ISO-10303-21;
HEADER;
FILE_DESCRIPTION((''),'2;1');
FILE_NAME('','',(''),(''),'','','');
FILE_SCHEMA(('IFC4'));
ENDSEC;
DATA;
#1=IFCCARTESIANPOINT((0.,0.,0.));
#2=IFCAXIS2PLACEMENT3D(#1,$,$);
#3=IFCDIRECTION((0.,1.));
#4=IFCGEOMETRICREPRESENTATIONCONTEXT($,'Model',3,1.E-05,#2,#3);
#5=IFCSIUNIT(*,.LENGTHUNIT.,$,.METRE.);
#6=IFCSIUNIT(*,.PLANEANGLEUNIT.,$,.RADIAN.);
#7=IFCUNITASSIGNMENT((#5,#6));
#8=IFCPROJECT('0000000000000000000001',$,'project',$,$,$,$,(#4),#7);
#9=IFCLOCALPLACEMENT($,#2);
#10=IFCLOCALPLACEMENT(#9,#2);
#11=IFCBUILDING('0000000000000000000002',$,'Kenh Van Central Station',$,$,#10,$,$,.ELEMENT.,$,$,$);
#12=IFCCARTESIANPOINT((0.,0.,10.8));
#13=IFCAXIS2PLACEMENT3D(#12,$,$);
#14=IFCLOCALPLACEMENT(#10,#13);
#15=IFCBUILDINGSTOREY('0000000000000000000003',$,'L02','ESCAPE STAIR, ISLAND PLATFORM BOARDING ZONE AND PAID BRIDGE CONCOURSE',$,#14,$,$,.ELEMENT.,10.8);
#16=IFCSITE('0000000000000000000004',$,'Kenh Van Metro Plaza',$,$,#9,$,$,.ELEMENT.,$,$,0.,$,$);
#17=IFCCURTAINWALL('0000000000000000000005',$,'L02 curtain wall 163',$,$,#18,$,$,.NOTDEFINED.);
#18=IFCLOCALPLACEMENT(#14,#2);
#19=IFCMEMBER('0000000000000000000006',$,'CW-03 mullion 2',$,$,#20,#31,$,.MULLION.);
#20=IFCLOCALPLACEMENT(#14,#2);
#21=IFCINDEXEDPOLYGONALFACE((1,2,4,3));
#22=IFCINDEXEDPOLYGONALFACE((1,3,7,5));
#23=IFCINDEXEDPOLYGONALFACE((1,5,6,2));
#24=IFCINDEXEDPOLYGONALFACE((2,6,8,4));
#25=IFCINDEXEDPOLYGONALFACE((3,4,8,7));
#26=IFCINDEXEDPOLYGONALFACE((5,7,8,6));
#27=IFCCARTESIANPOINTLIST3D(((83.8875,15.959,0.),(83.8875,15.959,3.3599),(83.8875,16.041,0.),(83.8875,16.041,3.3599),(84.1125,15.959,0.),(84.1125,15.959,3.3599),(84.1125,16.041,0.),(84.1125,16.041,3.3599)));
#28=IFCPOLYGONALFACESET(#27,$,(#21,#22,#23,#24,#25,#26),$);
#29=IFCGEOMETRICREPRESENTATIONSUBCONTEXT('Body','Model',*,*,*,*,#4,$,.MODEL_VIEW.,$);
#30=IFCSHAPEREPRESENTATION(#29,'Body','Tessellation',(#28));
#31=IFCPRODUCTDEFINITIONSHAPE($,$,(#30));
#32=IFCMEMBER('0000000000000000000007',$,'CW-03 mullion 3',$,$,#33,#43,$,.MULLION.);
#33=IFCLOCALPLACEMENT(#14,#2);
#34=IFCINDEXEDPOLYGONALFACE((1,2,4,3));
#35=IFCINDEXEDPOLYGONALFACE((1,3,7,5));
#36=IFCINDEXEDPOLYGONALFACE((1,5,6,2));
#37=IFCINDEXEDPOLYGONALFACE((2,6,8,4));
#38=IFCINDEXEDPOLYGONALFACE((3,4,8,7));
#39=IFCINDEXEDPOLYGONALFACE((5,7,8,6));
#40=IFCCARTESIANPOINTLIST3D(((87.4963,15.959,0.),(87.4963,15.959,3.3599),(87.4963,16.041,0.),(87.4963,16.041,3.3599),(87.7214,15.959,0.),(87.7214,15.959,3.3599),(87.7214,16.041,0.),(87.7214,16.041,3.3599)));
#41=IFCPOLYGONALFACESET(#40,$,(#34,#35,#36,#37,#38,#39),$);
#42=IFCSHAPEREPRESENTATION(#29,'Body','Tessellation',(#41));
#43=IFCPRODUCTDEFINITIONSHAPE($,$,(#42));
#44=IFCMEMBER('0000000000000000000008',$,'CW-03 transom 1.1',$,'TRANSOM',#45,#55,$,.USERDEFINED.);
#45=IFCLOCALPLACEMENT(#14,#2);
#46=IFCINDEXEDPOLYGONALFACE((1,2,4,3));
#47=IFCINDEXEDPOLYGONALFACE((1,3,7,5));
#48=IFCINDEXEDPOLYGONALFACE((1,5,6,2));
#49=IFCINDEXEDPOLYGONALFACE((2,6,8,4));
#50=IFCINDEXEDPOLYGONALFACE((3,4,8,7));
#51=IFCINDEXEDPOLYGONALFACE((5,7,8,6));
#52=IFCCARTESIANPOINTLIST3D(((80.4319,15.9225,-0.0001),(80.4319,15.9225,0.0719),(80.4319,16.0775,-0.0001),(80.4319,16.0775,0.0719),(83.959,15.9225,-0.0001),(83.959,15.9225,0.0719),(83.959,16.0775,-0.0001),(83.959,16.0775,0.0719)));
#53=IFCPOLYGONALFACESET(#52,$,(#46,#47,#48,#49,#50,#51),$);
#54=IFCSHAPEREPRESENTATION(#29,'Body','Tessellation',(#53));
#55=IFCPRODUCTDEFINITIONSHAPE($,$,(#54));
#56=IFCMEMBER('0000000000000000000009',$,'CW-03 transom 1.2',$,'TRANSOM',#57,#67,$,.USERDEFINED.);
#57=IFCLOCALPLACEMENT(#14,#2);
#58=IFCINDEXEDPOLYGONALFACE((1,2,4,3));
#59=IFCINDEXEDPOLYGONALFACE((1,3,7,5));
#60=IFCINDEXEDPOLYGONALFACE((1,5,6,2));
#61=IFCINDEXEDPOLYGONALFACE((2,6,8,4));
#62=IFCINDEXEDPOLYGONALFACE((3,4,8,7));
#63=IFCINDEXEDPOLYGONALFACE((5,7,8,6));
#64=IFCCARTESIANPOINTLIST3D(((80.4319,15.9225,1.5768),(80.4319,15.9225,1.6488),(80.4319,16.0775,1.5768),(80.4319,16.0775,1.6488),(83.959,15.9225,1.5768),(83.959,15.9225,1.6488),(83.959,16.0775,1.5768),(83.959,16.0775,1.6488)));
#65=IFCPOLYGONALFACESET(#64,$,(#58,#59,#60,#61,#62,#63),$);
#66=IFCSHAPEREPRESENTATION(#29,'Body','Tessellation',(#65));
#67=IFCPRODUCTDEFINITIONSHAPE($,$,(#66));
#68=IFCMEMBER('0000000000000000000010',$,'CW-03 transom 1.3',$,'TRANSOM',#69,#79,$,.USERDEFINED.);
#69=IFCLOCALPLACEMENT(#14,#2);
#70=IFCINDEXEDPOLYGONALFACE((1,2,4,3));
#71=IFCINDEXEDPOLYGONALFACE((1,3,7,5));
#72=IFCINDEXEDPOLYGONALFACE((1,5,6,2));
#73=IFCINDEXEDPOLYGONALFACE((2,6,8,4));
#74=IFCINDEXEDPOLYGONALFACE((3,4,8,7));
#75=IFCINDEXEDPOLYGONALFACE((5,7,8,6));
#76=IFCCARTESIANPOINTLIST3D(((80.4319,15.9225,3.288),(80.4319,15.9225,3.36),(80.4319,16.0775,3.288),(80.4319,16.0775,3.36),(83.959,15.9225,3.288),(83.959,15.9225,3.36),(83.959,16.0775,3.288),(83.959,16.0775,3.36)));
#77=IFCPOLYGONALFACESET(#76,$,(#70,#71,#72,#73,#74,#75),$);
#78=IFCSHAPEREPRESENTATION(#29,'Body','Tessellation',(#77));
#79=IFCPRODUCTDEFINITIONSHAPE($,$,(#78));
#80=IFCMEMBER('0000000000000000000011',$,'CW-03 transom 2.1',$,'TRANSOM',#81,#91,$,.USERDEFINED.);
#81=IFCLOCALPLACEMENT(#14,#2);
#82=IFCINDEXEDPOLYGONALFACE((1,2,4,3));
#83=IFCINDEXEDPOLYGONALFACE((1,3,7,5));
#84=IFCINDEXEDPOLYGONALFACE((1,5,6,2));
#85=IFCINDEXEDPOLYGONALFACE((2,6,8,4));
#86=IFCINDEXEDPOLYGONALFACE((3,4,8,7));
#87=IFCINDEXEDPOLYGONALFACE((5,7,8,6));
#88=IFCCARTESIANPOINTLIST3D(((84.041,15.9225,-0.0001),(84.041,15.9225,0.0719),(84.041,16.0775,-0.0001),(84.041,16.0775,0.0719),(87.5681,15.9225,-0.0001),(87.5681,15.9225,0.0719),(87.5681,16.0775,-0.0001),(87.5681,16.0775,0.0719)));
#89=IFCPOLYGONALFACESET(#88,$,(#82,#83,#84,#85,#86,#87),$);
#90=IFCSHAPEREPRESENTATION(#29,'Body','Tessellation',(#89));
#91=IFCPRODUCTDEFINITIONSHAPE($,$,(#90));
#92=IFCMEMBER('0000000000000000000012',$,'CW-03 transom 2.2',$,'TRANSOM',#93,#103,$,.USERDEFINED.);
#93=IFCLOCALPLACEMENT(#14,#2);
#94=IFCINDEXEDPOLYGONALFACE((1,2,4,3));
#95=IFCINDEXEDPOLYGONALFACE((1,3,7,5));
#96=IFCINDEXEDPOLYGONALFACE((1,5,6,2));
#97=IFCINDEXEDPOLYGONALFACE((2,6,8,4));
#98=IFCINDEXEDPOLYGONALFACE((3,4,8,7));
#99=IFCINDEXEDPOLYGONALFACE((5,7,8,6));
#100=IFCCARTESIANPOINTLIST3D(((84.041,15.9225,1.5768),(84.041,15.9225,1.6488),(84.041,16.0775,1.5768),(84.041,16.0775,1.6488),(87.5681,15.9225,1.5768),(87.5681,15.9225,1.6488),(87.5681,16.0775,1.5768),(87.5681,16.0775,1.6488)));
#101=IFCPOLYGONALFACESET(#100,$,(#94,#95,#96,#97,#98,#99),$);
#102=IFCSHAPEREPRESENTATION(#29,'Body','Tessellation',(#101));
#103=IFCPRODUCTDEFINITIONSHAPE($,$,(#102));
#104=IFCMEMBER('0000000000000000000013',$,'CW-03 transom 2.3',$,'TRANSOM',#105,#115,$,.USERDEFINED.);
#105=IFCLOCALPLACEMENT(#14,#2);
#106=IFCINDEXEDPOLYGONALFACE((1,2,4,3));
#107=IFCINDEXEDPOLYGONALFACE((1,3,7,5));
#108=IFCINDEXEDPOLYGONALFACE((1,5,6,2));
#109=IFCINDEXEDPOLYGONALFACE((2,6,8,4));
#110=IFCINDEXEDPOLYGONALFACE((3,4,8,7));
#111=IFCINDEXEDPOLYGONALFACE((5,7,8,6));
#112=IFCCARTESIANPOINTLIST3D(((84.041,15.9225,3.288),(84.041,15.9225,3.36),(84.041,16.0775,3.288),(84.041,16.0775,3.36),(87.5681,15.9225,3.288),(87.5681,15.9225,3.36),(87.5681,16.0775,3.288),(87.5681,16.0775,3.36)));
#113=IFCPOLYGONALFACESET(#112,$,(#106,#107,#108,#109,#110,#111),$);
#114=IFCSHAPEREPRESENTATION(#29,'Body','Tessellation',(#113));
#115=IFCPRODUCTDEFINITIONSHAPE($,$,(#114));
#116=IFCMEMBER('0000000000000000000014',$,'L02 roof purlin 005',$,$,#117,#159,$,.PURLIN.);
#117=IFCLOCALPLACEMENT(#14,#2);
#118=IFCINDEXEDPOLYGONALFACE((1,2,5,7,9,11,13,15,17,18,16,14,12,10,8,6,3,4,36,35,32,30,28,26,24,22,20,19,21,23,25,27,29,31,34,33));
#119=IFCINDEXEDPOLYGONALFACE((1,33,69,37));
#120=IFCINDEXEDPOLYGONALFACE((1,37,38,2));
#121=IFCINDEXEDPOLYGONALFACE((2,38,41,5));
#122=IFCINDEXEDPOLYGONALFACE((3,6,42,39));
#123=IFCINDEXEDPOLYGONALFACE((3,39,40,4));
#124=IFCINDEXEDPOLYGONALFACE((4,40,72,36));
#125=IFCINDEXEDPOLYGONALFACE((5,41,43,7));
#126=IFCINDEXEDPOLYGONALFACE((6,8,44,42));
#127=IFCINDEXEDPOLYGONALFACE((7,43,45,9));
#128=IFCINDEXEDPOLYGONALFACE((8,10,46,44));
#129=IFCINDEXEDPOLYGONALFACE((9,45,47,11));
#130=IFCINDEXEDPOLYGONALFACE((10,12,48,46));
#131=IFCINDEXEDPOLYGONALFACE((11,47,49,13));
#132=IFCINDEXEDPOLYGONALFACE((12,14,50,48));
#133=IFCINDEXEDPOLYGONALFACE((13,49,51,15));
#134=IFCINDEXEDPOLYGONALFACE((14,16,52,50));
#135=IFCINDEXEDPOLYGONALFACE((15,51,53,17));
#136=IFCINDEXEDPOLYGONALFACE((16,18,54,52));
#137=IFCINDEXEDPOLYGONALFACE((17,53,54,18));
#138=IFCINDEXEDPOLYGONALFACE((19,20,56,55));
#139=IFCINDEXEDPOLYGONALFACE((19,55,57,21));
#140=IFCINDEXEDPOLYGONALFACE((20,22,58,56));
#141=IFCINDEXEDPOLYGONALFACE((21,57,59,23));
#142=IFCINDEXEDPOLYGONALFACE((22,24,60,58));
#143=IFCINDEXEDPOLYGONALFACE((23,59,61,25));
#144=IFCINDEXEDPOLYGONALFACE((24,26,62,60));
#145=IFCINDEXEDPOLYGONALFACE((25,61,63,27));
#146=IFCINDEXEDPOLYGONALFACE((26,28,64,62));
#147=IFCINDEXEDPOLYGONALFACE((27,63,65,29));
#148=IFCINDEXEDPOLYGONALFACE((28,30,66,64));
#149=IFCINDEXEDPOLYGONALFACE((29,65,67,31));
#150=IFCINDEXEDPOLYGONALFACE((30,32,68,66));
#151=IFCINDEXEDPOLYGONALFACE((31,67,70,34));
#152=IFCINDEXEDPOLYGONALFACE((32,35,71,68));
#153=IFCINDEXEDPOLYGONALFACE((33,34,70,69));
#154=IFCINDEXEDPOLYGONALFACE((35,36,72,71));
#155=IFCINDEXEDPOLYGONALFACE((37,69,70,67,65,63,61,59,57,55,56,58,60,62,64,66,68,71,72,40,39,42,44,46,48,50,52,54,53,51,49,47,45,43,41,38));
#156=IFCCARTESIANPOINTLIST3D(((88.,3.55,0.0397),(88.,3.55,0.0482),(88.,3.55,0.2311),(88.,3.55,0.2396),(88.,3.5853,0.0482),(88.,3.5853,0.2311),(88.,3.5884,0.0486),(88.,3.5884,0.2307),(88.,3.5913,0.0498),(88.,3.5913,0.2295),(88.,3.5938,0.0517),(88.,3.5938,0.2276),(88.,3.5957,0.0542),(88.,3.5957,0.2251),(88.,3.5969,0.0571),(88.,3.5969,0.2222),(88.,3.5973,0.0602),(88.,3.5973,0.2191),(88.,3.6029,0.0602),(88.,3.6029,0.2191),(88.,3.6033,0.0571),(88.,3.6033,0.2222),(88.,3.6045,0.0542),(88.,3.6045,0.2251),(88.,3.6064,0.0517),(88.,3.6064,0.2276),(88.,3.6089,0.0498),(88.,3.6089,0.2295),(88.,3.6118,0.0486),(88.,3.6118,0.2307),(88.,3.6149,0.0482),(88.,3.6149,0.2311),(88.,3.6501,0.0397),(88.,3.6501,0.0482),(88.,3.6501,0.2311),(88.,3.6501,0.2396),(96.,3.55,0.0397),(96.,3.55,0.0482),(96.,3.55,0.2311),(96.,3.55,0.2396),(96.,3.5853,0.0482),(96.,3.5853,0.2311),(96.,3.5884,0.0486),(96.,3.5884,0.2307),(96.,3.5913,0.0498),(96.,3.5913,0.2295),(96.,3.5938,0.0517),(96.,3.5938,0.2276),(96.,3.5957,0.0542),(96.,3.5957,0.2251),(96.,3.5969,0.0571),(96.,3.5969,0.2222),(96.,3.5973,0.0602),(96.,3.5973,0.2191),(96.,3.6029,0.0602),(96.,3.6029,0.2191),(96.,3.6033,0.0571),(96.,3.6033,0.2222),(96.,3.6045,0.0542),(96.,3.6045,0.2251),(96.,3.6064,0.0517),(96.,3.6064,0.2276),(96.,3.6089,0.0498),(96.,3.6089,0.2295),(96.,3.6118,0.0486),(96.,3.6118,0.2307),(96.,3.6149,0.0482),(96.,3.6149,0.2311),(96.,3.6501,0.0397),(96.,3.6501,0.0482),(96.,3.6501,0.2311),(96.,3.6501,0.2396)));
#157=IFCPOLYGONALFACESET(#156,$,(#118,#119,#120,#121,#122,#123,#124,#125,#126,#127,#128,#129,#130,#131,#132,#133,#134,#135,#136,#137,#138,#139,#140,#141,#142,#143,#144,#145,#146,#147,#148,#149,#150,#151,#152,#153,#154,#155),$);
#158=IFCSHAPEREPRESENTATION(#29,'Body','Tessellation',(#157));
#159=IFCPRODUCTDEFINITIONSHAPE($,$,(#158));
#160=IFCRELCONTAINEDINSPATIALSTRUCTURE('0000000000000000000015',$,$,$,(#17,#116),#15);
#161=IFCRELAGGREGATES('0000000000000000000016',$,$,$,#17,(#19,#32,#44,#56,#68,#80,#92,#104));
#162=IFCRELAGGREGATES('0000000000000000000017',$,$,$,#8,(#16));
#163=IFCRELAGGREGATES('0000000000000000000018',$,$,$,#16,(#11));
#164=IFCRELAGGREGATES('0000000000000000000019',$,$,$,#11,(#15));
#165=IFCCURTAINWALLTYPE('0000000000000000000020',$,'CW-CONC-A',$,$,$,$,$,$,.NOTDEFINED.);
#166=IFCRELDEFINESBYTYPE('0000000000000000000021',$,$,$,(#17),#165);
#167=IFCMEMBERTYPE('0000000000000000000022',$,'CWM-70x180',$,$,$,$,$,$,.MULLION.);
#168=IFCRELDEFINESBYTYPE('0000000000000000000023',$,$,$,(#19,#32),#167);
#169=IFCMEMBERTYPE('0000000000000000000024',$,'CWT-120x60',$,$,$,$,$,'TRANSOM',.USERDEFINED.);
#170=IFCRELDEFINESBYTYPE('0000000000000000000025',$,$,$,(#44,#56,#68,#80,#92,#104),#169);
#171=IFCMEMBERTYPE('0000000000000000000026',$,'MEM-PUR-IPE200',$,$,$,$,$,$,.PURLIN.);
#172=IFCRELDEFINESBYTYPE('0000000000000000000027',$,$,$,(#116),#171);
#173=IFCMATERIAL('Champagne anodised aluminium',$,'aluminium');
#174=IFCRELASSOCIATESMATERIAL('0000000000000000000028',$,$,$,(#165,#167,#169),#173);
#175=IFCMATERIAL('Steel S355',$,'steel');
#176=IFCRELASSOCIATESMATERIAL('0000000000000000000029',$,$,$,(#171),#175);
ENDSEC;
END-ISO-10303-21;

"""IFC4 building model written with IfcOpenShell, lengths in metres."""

from ifc_helpers import new_model, si_unit, direction, frame, origin, origin_2d, place, context, subcontext, project, spatial, rectangle, i_section, extrude, material, material_profile, profile_set, type_object, element, aggregate, save


model = new_model("IFC4")

# Units and contexts
model_context = context("Model", 3, precision=1e-05, world=origin(), true_north=direction((0.0, 1.0)))
body_context = subcontext(model_context, "Body", "Model", "MODEL_VIEW")
ifc_project = project(units=[si_unit("LENGTHUNIT", "METRE"), si_unit("PLANEANGLEUNIT", "RADIAN")], contexts=[model_context])

# Site, building, storey
site_placement = place(None, origin())
site = spatial("IfcSite", under=ifc_project, at=site_placement, Name="Kenh Van Metro Plaza", CompositionType="ELEMENT", RefElevation=0.0)
building_placement = place(site_placement, origin())
building = spatial("IfcBuilding", under=site, at=building_placement, Name="Kenh Van Central Station", CompositionType="ELEMENT")
storey_placement = place(building_placement, frame((0.0, 0.0, 10.8)))
storey = spatial("IfcBuildingStorey", under=building, at=storey_placement, Name="L02", Description="ESCAPE STAIR, ISLAND PLATFORM BOARDING ZONE AND PAID BRIDGE CONCOURSE", CompositionType="ELEMENT", Elevation=10.8)

# Shared definitions
ifc_material_1 = material(Name="Steel S355", Category="steel")

# Curtain wall, members
ifc_material_2 = material(Name="Champagne anodised aluminium", Category="aluminium")
curtain_wall_type = type_object("IfcCurtainWallType", Name="CW-CONC-A", PredefinedType="NOTDEFINED", material=ifc_material_2)
curtain_wall_placement = place(storey_placement, origin())
curtain_wall = element("IfcCurtainWall", 1, at=curtain_wall_placement, inside=storey, type_object=curtain_wall_type, Name="L02 curtain wall 163", PredefinedType="NOTDEFINED")
ifc_material_profile_1 = material_profile(ifc_material_2, rectangle(XDim=0.082, YDim=0.2251, at=origin_2d()), Name="AL 82x225")
ifc_profile_set_1 = profile_set([ifc_material_profile_1], Name="Champagne anodised aluminium")
member_type_1 = type_object("IfcMemberType", Name="CWM-70x180", PredefinedType="MULLION", material=ifc_profile_set_1)
member_1_placement = place(storey_placement, frame((84.0, 16.0, 0.0), z_axis=(0.0, 0.0, 1.0), x_axis=(0.0, 1.0, 0.0)))
member_1 = element("IfcMember", 2, at=member_1_placement, type_object=member_type_1, Name="CW-03 mullion 2", PredefinedType="MULLION", context=body_context, shape_type="SweptSolid", body=[
    extrude(rectangle(XDim=0.082, YDim=0.2251, at=origin_2d()), origin(), (0.0, 0.0, 1.0), 3.3599),
])
member_2_placement = place(storey_placement, frame((87.6089, 16.0, 0.0), z_axis=(0.0, 0.0, 1.0), x_axis=(0.0, 1.0, 0.0)))
member_2 = element("IfcMember", 3, at=member_2_placement, type_object=member_type_1, Name="CW-03 mullion 3", PredefinedType="MULLION", context=body_context, shape_type="SweptSolid", body=[
    extrude(rectangle(XDim=0.082, YDim=0.2251, at=origin_2d()), origin(), (0.0, 0.0, 1.0), 3.3599),
])
ifc_material_profile_2 = material_profile(ifc_material_2, rectangle(XDim=0.155, YDim=0.072, at=origin_2d()), Name="AL 155x72")
ifc_profile_set_2 = profile_set([ifc_material_profile_2], Name="Champagne anodised aluminium")
member_type_2 = type_object("IfcMemberType", Name="CWT-120x60", ElementType="TRANSOM", PredefinedType="USERDEFINED", material=ifc_profile_set_2)
member_3_placement = place(storey_placement, frame((80.4319, 16.0, 0.0359), z_axis=(1.0, 0.0, 0.0), x_axis=(0.0, 1.0, 0.0)))
member_3 = element("IfcMember", 4, at=member_3_placement, type_object=member_type_2, Name="CW-03 transom 1.1", ObjectType="TRANSOM", PredefinedType="USERDEFINED", context=body_context, shape_type="SweptSolid", body=[
    extrude(rectangle(XDim=0.155, YDim=0.072, at=origin_2d()), origin(), (0.0, 0.0, 1.0), 3.5271),
])
member_4_placement = place(storey_placement, frame((80.4319, 16.0, 1.6128), z_axis=(1.0, 0.0, 0.0), x_axis=(0.0, 1.0, 0.0)))
member_4 = element("IfcMember", 5, at=member_4_placement, type_object=member_type_2, Name="CW-03 transom 1.2", ObjectType="TRANSOM", PredefinedType="USERDEFINED", context=body_context, shape_type="SweptSolid", body=[
    extrude(rectangle(XDim=0.155, YDim=0.072, at=origin_2d()), origin(), (0.0, 0.0, 1.0), 3.5271),
])
member_5_placement = place(storey_placement, frame((80.4319, 16.0, 3.324), z_axis=(1.0, 0.0, 0.0), x_axis=(0.0, 1.0, 0.0)))
member_5 = element("IfcMember", 6, at=member_5_placement, type_object=member_type_2, Name="CW-03 transom 1.3", ObjectType="TRANSOM", PredefinedType="USERDEFINED", context=body_context, shape_type="SweptSolid", body=[
    extrude(rectangle(XDim=0.155, YDim=0.072, at=origin_2d()), origin(), (0.0, 0.0, 1.0), 3.5271),
])
member_6_placement = place(storey_placement, frame((84.041, 16.0, 0.0359), z_axis=(1.0, 0.0, 0.0), x_axis=(0.0, 1.0, 0.0)))
member_6 = element("IfcMember", 7, at=member_6_placement, type_object=member_type_2, Name="CW-03 transom 2.1", ObjectType="TRANSOM", PredefinedType="USERDEFINED", context=body_context, shape_type="SweptSolid", body=[
    extrude(rectangle(XDim=0.155, YDim=0.072, at=origin_2d()), origin(), (0.0, 0.0, 1.0), 3.5271),
])
member_7_placement = place(storey_placement, frame((84.041, 16.0, 1.6128), z_axis=(1.0, 0.0, 0.0), x_axis=(0.0, 1.0, 0.0)))
member_7 = element("IfcMember", 8, at=member_7_placement, type_object=member_type_2, Name="CW-03 transom 2.2", ObjectType="TRANSOM", PredefinedType="USERDEFINED", context=body_context, shape_type="SweptSolid", body=[
    extrude(rectangle(XDim=0.155, YDim=0.072, at=origin_2d()), origin(), (0.0, 0.0, 1.0), 3.5271),
])
member_8_placement = place(storey_placement, frame((84.041, 16.0, 3.324), z_axis=(1.0, 0.0, 0.0), x_axis=(0.0, 1.0, 0.0)))
member_8 = element("IfcMember", 9, at=member_8_placement, type_object=member_type_2, Name="CW-03 transom 2.3", ObjectType="TRANSOM", PredefinedType="USERDEFINED", context=body_context, shape_type="SweptSolid", body=[
    extrude(rectangle(XDim=0.155, YDim=0.072, at=origin_2d()), origin(), (0.0, 0.0, 1.0), 3.5271),
])

# Member
ifc_material_profile_3 = material_profile(ifc_material_1, i_section(OverallWidth=0.1001, OverallDepth=0.2, WebThickness=0.0056, FlangeThickness=0.0085, FilletRadius=0.012, at=origin_2d()), Name="IPE 200")
ifc_profile_set_3 = profile_set([ifc_material_profile_3], Name="Steel S355")
member_type_3 = type_object("IfcMemberType", Name="MEM-PUR-IPE200", PredefinedType="PURLIN", material=ifc_profile_set_3)
for number, where, z_axis, x_axis, name in (
    (10, (88.0, 3.6001, 0.1396), (1.0, 0.0, 0.0), (0.0, 1.0, 0.0), "L02 roof purlin 005"),
):
    element("IfcMember", number, at=place(storey_placement, frame(where, z_axis=z_axis, x_axis=x_axis)), inside=storey, type_object=member_type_3, Name=name, PredefinedType="PURLIN", context=body_context, shape_type="SweptSolid", body=[
        extrude(i_section(OverallWidth=0.1001, OverallDepth=0.2, WebThickness=0.0056, FlangeThickness=0.0085, FilletRadius=0.012, at=origin_2d()), origin(), (0.0, 0.0, 1.0), 8.0),
    ])

aggregate(curtain_wall, [member_1, member_2, member_3, member_4, member_5, member_6, member_7, member_8])

save(model, "model.ifc")
